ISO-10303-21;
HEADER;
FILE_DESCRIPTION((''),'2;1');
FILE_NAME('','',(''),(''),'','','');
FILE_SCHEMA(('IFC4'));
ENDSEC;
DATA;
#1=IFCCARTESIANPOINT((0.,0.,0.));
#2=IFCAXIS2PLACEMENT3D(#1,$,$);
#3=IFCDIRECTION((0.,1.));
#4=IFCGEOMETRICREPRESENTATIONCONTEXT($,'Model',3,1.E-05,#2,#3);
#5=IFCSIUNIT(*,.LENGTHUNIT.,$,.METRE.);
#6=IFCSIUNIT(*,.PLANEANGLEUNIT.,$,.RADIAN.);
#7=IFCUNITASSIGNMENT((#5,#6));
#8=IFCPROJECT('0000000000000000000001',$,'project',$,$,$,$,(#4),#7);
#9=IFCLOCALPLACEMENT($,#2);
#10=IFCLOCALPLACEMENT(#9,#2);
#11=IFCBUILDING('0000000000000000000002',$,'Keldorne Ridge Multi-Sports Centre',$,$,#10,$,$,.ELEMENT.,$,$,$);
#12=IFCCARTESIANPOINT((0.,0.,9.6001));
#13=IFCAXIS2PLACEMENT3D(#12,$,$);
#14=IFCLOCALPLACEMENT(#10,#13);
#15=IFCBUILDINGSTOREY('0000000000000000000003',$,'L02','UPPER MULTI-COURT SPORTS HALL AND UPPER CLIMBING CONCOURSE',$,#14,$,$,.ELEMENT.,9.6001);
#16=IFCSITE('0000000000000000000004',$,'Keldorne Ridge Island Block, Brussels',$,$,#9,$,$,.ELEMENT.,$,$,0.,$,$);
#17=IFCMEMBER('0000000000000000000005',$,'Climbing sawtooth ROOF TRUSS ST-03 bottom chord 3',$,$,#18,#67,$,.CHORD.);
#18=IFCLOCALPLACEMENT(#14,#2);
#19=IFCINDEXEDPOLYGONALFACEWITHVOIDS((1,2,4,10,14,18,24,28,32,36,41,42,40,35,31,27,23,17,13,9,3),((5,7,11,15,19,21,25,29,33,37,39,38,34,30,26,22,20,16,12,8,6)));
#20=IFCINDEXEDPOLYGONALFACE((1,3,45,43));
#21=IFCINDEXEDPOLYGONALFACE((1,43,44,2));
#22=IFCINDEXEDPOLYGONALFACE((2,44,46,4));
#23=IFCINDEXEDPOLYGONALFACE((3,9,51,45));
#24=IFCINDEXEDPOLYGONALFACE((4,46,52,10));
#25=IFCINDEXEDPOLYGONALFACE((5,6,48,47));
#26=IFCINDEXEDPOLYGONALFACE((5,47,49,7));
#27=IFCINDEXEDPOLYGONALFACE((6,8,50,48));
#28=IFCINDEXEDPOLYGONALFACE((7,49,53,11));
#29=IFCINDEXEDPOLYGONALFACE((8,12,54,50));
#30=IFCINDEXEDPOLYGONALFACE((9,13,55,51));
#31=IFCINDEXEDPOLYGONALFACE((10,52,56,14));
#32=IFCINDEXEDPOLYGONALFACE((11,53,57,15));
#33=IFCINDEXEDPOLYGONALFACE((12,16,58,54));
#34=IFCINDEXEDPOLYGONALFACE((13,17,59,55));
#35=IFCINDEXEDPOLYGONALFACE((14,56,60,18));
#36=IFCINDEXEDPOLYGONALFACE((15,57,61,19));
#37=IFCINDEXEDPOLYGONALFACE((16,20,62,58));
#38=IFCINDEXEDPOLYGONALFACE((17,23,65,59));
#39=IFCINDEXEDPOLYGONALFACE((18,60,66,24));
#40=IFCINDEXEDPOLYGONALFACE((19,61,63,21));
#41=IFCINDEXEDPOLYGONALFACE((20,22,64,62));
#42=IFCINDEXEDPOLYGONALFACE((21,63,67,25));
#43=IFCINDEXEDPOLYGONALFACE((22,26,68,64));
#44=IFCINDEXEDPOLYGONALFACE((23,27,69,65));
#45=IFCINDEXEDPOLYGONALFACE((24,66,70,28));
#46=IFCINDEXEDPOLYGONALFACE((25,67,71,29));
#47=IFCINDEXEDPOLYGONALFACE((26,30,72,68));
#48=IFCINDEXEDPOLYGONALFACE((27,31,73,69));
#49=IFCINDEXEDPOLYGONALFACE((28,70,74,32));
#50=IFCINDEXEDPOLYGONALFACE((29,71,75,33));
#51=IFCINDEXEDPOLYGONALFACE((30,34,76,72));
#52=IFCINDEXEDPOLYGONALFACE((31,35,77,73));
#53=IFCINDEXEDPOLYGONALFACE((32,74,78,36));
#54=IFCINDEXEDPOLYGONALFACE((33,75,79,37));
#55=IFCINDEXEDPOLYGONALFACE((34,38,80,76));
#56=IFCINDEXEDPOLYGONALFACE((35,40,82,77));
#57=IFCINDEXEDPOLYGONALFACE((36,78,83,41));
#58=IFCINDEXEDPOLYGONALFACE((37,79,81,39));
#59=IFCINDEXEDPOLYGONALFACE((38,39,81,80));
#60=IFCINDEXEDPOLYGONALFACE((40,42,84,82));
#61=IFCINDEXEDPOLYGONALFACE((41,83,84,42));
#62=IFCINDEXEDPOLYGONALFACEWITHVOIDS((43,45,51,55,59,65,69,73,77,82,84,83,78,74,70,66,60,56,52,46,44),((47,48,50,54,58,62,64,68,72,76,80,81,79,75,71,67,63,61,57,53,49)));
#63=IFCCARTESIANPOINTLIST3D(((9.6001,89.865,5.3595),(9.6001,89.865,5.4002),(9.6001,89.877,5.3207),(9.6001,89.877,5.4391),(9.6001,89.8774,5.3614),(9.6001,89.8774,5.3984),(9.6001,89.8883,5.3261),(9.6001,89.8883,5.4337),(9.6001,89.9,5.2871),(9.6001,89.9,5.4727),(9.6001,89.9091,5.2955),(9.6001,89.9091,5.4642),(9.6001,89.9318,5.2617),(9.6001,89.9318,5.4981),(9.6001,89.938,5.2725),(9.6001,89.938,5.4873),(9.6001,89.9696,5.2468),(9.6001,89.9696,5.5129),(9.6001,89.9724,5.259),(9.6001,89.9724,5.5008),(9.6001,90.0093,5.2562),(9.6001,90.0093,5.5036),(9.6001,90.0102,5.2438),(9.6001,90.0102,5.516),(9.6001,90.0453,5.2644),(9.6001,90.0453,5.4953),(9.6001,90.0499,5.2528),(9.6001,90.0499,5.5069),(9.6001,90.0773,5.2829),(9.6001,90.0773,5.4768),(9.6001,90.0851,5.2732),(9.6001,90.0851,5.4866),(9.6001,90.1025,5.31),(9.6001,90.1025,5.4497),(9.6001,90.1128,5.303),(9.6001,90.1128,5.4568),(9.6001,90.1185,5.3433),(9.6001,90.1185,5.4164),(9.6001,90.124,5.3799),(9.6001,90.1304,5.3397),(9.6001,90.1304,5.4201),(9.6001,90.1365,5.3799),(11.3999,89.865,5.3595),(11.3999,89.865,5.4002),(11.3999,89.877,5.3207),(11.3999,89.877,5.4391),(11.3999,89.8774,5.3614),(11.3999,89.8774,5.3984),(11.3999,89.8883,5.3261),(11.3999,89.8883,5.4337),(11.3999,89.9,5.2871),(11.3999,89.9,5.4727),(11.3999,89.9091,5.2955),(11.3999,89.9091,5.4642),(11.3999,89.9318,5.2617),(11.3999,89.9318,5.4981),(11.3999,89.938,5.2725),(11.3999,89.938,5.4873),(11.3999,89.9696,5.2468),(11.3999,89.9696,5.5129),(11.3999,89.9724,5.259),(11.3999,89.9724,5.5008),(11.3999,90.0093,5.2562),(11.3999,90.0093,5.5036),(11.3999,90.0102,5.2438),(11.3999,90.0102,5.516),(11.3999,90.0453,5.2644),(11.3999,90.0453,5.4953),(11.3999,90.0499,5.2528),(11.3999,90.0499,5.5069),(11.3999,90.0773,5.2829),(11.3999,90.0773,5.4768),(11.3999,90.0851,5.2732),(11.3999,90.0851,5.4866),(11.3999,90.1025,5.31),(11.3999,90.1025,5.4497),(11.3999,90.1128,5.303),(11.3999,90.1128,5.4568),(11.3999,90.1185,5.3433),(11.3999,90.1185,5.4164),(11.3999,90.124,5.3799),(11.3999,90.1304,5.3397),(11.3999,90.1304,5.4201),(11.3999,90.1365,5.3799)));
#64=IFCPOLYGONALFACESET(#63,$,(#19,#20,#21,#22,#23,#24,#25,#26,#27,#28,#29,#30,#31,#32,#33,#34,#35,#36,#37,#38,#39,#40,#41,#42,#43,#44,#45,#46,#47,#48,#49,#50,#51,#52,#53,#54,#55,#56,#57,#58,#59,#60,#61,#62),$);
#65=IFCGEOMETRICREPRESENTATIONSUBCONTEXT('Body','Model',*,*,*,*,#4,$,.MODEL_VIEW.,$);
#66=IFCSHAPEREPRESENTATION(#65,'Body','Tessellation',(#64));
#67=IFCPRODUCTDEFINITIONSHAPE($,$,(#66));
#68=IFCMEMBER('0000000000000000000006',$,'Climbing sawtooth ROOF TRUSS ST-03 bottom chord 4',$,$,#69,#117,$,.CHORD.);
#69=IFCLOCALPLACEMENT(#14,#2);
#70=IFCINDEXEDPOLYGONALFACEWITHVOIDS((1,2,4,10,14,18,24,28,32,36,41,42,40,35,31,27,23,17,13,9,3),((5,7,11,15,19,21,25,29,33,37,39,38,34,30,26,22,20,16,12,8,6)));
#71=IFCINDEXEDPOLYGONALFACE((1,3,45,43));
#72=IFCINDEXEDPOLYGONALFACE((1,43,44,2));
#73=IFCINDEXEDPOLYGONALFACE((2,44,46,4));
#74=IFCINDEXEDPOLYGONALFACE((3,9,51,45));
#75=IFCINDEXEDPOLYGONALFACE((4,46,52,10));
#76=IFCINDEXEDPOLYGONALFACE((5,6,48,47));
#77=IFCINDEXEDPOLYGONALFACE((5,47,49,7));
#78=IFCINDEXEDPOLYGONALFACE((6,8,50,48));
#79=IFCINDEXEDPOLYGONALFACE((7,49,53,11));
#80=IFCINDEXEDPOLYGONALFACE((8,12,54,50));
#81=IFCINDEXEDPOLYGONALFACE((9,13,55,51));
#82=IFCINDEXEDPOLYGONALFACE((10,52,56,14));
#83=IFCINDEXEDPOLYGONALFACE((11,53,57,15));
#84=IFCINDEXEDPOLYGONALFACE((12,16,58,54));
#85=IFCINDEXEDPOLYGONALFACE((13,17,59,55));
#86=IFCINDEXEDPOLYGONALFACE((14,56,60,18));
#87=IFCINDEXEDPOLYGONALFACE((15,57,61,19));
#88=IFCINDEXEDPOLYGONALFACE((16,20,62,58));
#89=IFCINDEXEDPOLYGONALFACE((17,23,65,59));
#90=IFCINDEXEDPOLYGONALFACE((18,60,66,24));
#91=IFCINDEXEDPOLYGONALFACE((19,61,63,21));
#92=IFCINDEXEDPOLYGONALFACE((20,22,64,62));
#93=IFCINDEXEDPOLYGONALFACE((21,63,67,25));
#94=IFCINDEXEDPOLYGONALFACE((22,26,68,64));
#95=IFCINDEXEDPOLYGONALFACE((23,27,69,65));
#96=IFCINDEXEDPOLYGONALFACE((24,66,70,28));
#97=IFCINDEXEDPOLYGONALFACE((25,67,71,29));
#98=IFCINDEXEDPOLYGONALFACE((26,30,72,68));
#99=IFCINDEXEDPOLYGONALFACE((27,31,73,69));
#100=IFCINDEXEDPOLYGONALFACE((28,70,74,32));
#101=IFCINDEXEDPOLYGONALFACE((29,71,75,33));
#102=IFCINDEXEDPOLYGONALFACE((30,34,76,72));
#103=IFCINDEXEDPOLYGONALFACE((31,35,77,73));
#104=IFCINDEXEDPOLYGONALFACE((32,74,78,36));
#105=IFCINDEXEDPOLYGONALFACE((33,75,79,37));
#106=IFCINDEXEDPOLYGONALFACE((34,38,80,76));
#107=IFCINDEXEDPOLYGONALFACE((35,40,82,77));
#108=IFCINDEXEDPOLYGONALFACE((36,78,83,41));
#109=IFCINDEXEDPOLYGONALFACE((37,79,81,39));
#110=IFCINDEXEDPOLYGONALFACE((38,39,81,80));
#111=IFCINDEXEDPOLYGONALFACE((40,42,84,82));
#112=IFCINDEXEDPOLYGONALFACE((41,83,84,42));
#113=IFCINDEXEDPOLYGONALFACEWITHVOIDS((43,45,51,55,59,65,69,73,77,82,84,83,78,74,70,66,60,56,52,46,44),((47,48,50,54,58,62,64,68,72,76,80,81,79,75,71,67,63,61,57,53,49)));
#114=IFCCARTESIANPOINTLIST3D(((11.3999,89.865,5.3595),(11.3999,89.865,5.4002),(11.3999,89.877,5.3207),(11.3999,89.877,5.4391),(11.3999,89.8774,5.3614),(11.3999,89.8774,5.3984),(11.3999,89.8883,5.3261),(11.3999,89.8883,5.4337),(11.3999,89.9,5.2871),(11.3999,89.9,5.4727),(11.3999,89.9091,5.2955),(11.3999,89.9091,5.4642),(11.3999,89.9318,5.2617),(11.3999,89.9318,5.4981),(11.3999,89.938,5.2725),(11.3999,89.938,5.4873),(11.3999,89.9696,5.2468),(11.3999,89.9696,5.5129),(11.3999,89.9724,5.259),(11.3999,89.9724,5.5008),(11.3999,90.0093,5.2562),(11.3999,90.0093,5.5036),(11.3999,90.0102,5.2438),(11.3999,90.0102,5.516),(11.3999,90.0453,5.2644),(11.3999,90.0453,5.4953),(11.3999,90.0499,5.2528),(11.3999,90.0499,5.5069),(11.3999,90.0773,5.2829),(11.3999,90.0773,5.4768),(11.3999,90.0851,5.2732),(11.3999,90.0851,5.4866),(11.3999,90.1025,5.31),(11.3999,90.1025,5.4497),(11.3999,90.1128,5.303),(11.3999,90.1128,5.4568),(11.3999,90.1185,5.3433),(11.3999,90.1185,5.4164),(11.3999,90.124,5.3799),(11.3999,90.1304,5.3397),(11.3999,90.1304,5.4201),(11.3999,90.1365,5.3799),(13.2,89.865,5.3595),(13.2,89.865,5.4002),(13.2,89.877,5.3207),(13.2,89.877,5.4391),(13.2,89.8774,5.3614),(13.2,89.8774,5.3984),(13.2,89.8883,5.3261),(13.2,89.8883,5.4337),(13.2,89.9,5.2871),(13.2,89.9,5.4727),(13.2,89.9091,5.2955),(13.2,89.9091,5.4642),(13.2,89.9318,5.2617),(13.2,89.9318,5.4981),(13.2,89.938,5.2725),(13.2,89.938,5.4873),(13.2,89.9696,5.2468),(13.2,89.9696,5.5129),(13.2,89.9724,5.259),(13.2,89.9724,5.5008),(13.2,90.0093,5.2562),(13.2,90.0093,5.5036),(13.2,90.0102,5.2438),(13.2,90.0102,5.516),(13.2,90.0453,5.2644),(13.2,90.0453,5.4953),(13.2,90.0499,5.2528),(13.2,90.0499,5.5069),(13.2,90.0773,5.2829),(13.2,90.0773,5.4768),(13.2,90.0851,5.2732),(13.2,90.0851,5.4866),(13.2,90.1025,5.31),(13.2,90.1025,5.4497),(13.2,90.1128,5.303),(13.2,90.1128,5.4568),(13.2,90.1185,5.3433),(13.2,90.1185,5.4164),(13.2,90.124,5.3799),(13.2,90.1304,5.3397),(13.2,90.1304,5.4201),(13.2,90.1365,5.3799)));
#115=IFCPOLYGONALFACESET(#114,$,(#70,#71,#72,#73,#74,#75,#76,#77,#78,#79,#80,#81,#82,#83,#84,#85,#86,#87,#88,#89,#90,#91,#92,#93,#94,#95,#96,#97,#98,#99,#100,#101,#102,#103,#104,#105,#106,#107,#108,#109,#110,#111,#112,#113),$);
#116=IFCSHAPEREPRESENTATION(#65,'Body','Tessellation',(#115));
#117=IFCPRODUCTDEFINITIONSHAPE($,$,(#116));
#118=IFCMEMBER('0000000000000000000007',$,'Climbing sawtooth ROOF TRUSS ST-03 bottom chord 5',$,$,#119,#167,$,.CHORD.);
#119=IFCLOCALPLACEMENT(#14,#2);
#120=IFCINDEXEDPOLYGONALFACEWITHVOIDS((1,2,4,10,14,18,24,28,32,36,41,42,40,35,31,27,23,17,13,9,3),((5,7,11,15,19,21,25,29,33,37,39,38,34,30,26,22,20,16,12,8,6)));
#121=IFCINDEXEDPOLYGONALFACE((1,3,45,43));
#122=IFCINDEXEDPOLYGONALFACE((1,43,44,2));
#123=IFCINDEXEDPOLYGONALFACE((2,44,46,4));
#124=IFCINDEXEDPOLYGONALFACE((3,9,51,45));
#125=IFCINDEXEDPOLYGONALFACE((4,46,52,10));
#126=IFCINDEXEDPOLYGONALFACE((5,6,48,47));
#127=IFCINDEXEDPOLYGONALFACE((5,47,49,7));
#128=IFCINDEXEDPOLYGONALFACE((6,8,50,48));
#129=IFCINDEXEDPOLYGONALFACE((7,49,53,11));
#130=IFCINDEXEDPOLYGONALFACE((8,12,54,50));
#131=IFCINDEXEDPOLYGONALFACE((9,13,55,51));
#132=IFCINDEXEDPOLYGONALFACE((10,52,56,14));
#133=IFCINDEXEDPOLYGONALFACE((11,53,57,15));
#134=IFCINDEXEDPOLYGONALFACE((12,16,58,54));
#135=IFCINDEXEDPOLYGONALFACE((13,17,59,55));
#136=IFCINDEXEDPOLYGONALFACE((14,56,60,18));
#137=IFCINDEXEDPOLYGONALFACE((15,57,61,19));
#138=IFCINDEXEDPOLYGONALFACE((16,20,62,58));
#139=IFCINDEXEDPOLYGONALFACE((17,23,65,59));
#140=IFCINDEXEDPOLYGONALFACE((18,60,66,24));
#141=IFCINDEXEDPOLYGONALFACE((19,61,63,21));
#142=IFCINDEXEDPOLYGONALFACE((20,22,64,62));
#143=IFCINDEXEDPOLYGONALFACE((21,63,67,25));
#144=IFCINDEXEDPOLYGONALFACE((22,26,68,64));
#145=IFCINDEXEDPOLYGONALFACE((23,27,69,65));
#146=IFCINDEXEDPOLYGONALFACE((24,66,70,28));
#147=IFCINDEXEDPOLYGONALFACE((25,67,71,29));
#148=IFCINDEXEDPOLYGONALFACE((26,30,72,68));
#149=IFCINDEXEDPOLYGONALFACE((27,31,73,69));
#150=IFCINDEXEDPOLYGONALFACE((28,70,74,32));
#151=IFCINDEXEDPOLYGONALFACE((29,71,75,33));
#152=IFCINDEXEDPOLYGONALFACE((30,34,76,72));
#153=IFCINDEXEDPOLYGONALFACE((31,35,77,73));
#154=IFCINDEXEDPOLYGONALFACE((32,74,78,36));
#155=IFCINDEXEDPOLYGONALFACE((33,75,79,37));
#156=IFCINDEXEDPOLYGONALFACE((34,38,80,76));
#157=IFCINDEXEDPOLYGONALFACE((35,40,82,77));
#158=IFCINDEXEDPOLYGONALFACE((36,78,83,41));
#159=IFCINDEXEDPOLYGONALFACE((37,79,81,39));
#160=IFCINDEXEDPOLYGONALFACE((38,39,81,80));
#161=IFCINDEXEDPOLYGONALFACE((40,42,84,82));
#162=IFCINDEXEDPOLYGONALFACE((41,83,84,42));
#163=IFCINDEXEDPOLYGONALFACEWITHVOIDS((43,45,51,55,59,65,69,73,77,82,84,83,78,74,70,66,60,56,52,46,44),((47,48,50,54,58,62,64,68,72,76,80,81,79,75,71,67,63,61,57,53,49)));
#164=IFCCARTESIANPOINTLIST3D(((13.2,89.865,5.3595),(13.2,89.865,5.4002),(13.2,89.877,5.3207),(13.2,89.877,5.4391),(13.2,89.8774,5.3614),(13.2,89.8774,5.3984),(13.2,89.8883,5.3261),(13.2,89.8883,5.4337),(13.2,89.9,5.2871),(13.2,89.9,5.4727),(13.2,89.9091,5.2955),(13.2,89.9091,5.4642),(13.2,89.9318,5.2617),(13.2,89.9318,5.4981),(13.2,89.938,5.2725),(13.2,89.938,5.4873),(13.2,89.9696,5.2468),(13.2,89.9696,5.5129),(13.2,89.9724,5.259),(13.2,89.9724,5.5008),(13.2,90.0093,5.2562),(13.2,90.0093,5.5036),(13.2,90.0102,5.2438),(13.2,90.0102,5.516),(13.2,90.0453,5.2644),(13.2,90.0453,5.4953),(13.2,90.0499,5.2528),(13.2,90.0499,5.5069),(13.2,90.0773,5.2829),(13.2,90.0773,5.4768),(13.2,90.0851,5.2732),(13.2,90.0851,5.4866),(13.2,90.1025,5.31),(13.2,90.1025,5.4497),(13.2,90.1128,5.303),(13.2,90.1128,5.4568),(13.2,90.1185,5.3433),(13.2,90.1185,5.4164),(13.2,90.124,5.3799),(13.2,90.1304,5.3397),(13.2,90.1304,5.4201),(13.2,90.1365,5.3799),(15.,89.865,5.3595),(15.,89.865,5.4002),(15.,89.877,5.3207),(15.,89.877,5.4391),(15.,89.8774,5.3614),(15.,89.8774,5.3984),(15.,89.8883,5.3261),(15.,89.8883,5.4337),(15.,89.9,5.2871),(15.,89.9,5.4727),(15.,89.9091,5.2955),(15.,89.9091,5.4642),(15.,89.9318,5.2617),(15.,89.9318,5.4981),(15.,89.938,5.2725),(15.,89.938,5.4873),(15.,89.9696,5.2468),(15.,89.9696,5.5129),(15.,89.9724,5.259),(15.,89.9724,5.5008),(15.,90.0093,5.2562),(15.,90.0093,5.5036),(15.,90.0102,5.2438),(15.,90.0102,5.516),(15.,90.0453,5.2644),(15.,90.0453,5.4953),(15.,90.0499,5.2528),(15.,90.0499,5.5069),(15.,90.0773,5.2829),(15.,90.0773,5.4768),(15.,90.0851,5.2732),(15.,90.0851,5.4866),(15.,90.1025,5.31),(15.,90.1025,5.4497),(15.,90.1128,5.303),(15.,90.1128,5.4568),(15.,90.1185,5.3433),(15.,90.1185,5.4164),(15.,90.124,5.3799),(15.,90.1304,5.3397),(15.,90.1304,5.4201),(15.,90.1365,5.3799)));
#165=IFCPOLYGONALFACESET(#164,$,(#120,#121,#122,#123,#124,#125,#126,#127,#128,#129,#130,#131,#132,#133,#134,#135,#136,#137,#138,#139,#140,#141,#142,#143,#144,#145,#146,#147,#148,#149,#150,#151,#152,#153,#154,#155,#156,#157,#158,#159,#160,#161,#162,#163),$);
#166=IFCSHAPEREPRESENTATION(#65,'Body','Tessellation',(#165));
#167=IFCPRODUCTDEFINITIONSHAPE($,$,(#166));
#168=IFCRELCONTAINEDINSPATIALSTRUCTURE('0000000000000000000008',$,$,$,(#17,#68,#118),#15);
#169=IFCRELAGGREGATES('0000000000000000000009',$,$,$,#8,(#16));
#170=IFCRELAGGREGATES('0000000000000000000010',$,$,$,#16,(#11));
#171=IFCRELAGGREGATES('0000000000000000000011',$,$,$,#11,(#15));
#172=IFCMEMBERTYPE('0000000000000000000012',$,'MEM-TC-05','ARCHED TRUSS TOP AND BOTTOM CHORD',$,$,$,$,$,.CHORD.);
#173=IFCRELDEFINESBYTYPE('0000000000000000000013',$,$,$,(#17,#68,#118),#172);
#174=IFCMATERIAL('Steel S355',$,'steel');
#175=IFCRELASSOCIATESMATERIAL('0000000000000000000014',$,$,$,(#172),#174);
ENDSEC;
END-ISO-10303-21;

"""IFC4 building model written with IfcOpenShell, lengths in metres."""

from ifc_helpers import new_model, si_unit, direction, frame, origin, origin_2d, place, context, subcontext, project, spatial, hollow_circle, extrude, material, material_profile, profile_set, type_object, element, save


model = new_model("IFC4")

# Units and contexts
model_context = context("Model", 3, precision=1e-05, world=origin(), true_north=direction((0.0, 1.0)))
body_context = subcontext(model_context, "Body", "Model", "MODEL_VIEW")
ifc_project = project(units=[si_unit("LENGTHUNIT", "METRE"), si_unit("PLANEANGLEUNIT", "RADIAN")], contexts=[model_context])

# Site, building, storey
site_placement = place(None, origin())
site = spatial("IfcSite", under=ifc_project, at=site_placement, Name="Keldorne Ridge Island Block, Brussels", CompositionType="ELEMENT", RefElevation=0.0)
building_placement = place(site_placement, origin())
building = spatial("IfcBuilding", under=site, at=building_placement, Name="Keldorne Ridge Multi-Sports Centre", CompositionType="ELEMENT")
storey_placement = place(building_placement, frame((0.0, 0.0, 9.6001)))
storey = spatial("IfcBuildingStorey", under=building, at=storey_placement, Name="L02", Description="UPPER MULTI-COURT SPORTS HALL AND UPPER CLIMBING CONCOURSE", CompositionType="ELEMENT", Elevation=9.6001)

# Shared definitions
ifc_material_1 = material(Name="Steel S355", Category="steel")

# Members
ifc_material_profile_1 = material_profile(ifc_material_1, hollow_circle(Radius=0.1365, WallThickness=0.0125, at=origin_2d()), Name="CHS 273x12.5")
ifc_profile_set_1 = profile_set([ifc_material_profile_1], Name="Steel S355")
member_type_1 = type_object("IfcMemberType", Name="MEM-TC-05", Description="ARCHED TRUSS TOP AND BOTTOM CHORD", PredefinedType="CHORD", material=ifc_profile_set_1)
member_1_placement = place(storey_placement, frame((9.6001, 90.0, 5.3799), z_axis=(1.0, 0.0, 0.0), x_axis=(0.0, 1.0, 0.0)))
element("IfcMember", 1, at=member_1_placement, inside=storey, type_object=member_type_1, Name="Climbing sawtooth ROOF TRUSS ST-03 bottom chord 3", PredefinedType="CHORD", context=body_context, shape_type="SweptSolid", body=[
    extrude(hollow_circle(Radius=0.1365, WallThickness=0.0125, at=origin_2d()), origin(), (0.0, 0.0, 1.0), 1.7998),
])
for number, where, z_axis, x_axis, name in (
    (2, (11.3999, 90.0, 5.3799), (1.0, 0.0, 0.0), (0.0, 1.0, 0.0), "Climbing sawtooth ROOF TRUSS ST-03 bottom chord 4"),
    (3, (13.2, 90.0, 5.3799), (1.0, 0.0, 0.0), (0.0, 1.0, 0.0), "Climbing sawtooth ROOF TRUSS ST-03 bottom chord 5"),
):
    element("IfcMember", number, at=place(storey_placement, frame(where, z_axis=z_axis, x_axis=x_axis)), inside=storey, type_object=member_type_1, Name=name, PredefinedType="CHORD", context=body_context, shape_type="SweptSolid", body=[
        extrude(hollow_circle(Radius=0.1365, WallThickness=0.0125, at=origin_2d()), origin(), (0.0, 0.0, 1.0), 1.8),
    ])

save(model, "model.ifc")
